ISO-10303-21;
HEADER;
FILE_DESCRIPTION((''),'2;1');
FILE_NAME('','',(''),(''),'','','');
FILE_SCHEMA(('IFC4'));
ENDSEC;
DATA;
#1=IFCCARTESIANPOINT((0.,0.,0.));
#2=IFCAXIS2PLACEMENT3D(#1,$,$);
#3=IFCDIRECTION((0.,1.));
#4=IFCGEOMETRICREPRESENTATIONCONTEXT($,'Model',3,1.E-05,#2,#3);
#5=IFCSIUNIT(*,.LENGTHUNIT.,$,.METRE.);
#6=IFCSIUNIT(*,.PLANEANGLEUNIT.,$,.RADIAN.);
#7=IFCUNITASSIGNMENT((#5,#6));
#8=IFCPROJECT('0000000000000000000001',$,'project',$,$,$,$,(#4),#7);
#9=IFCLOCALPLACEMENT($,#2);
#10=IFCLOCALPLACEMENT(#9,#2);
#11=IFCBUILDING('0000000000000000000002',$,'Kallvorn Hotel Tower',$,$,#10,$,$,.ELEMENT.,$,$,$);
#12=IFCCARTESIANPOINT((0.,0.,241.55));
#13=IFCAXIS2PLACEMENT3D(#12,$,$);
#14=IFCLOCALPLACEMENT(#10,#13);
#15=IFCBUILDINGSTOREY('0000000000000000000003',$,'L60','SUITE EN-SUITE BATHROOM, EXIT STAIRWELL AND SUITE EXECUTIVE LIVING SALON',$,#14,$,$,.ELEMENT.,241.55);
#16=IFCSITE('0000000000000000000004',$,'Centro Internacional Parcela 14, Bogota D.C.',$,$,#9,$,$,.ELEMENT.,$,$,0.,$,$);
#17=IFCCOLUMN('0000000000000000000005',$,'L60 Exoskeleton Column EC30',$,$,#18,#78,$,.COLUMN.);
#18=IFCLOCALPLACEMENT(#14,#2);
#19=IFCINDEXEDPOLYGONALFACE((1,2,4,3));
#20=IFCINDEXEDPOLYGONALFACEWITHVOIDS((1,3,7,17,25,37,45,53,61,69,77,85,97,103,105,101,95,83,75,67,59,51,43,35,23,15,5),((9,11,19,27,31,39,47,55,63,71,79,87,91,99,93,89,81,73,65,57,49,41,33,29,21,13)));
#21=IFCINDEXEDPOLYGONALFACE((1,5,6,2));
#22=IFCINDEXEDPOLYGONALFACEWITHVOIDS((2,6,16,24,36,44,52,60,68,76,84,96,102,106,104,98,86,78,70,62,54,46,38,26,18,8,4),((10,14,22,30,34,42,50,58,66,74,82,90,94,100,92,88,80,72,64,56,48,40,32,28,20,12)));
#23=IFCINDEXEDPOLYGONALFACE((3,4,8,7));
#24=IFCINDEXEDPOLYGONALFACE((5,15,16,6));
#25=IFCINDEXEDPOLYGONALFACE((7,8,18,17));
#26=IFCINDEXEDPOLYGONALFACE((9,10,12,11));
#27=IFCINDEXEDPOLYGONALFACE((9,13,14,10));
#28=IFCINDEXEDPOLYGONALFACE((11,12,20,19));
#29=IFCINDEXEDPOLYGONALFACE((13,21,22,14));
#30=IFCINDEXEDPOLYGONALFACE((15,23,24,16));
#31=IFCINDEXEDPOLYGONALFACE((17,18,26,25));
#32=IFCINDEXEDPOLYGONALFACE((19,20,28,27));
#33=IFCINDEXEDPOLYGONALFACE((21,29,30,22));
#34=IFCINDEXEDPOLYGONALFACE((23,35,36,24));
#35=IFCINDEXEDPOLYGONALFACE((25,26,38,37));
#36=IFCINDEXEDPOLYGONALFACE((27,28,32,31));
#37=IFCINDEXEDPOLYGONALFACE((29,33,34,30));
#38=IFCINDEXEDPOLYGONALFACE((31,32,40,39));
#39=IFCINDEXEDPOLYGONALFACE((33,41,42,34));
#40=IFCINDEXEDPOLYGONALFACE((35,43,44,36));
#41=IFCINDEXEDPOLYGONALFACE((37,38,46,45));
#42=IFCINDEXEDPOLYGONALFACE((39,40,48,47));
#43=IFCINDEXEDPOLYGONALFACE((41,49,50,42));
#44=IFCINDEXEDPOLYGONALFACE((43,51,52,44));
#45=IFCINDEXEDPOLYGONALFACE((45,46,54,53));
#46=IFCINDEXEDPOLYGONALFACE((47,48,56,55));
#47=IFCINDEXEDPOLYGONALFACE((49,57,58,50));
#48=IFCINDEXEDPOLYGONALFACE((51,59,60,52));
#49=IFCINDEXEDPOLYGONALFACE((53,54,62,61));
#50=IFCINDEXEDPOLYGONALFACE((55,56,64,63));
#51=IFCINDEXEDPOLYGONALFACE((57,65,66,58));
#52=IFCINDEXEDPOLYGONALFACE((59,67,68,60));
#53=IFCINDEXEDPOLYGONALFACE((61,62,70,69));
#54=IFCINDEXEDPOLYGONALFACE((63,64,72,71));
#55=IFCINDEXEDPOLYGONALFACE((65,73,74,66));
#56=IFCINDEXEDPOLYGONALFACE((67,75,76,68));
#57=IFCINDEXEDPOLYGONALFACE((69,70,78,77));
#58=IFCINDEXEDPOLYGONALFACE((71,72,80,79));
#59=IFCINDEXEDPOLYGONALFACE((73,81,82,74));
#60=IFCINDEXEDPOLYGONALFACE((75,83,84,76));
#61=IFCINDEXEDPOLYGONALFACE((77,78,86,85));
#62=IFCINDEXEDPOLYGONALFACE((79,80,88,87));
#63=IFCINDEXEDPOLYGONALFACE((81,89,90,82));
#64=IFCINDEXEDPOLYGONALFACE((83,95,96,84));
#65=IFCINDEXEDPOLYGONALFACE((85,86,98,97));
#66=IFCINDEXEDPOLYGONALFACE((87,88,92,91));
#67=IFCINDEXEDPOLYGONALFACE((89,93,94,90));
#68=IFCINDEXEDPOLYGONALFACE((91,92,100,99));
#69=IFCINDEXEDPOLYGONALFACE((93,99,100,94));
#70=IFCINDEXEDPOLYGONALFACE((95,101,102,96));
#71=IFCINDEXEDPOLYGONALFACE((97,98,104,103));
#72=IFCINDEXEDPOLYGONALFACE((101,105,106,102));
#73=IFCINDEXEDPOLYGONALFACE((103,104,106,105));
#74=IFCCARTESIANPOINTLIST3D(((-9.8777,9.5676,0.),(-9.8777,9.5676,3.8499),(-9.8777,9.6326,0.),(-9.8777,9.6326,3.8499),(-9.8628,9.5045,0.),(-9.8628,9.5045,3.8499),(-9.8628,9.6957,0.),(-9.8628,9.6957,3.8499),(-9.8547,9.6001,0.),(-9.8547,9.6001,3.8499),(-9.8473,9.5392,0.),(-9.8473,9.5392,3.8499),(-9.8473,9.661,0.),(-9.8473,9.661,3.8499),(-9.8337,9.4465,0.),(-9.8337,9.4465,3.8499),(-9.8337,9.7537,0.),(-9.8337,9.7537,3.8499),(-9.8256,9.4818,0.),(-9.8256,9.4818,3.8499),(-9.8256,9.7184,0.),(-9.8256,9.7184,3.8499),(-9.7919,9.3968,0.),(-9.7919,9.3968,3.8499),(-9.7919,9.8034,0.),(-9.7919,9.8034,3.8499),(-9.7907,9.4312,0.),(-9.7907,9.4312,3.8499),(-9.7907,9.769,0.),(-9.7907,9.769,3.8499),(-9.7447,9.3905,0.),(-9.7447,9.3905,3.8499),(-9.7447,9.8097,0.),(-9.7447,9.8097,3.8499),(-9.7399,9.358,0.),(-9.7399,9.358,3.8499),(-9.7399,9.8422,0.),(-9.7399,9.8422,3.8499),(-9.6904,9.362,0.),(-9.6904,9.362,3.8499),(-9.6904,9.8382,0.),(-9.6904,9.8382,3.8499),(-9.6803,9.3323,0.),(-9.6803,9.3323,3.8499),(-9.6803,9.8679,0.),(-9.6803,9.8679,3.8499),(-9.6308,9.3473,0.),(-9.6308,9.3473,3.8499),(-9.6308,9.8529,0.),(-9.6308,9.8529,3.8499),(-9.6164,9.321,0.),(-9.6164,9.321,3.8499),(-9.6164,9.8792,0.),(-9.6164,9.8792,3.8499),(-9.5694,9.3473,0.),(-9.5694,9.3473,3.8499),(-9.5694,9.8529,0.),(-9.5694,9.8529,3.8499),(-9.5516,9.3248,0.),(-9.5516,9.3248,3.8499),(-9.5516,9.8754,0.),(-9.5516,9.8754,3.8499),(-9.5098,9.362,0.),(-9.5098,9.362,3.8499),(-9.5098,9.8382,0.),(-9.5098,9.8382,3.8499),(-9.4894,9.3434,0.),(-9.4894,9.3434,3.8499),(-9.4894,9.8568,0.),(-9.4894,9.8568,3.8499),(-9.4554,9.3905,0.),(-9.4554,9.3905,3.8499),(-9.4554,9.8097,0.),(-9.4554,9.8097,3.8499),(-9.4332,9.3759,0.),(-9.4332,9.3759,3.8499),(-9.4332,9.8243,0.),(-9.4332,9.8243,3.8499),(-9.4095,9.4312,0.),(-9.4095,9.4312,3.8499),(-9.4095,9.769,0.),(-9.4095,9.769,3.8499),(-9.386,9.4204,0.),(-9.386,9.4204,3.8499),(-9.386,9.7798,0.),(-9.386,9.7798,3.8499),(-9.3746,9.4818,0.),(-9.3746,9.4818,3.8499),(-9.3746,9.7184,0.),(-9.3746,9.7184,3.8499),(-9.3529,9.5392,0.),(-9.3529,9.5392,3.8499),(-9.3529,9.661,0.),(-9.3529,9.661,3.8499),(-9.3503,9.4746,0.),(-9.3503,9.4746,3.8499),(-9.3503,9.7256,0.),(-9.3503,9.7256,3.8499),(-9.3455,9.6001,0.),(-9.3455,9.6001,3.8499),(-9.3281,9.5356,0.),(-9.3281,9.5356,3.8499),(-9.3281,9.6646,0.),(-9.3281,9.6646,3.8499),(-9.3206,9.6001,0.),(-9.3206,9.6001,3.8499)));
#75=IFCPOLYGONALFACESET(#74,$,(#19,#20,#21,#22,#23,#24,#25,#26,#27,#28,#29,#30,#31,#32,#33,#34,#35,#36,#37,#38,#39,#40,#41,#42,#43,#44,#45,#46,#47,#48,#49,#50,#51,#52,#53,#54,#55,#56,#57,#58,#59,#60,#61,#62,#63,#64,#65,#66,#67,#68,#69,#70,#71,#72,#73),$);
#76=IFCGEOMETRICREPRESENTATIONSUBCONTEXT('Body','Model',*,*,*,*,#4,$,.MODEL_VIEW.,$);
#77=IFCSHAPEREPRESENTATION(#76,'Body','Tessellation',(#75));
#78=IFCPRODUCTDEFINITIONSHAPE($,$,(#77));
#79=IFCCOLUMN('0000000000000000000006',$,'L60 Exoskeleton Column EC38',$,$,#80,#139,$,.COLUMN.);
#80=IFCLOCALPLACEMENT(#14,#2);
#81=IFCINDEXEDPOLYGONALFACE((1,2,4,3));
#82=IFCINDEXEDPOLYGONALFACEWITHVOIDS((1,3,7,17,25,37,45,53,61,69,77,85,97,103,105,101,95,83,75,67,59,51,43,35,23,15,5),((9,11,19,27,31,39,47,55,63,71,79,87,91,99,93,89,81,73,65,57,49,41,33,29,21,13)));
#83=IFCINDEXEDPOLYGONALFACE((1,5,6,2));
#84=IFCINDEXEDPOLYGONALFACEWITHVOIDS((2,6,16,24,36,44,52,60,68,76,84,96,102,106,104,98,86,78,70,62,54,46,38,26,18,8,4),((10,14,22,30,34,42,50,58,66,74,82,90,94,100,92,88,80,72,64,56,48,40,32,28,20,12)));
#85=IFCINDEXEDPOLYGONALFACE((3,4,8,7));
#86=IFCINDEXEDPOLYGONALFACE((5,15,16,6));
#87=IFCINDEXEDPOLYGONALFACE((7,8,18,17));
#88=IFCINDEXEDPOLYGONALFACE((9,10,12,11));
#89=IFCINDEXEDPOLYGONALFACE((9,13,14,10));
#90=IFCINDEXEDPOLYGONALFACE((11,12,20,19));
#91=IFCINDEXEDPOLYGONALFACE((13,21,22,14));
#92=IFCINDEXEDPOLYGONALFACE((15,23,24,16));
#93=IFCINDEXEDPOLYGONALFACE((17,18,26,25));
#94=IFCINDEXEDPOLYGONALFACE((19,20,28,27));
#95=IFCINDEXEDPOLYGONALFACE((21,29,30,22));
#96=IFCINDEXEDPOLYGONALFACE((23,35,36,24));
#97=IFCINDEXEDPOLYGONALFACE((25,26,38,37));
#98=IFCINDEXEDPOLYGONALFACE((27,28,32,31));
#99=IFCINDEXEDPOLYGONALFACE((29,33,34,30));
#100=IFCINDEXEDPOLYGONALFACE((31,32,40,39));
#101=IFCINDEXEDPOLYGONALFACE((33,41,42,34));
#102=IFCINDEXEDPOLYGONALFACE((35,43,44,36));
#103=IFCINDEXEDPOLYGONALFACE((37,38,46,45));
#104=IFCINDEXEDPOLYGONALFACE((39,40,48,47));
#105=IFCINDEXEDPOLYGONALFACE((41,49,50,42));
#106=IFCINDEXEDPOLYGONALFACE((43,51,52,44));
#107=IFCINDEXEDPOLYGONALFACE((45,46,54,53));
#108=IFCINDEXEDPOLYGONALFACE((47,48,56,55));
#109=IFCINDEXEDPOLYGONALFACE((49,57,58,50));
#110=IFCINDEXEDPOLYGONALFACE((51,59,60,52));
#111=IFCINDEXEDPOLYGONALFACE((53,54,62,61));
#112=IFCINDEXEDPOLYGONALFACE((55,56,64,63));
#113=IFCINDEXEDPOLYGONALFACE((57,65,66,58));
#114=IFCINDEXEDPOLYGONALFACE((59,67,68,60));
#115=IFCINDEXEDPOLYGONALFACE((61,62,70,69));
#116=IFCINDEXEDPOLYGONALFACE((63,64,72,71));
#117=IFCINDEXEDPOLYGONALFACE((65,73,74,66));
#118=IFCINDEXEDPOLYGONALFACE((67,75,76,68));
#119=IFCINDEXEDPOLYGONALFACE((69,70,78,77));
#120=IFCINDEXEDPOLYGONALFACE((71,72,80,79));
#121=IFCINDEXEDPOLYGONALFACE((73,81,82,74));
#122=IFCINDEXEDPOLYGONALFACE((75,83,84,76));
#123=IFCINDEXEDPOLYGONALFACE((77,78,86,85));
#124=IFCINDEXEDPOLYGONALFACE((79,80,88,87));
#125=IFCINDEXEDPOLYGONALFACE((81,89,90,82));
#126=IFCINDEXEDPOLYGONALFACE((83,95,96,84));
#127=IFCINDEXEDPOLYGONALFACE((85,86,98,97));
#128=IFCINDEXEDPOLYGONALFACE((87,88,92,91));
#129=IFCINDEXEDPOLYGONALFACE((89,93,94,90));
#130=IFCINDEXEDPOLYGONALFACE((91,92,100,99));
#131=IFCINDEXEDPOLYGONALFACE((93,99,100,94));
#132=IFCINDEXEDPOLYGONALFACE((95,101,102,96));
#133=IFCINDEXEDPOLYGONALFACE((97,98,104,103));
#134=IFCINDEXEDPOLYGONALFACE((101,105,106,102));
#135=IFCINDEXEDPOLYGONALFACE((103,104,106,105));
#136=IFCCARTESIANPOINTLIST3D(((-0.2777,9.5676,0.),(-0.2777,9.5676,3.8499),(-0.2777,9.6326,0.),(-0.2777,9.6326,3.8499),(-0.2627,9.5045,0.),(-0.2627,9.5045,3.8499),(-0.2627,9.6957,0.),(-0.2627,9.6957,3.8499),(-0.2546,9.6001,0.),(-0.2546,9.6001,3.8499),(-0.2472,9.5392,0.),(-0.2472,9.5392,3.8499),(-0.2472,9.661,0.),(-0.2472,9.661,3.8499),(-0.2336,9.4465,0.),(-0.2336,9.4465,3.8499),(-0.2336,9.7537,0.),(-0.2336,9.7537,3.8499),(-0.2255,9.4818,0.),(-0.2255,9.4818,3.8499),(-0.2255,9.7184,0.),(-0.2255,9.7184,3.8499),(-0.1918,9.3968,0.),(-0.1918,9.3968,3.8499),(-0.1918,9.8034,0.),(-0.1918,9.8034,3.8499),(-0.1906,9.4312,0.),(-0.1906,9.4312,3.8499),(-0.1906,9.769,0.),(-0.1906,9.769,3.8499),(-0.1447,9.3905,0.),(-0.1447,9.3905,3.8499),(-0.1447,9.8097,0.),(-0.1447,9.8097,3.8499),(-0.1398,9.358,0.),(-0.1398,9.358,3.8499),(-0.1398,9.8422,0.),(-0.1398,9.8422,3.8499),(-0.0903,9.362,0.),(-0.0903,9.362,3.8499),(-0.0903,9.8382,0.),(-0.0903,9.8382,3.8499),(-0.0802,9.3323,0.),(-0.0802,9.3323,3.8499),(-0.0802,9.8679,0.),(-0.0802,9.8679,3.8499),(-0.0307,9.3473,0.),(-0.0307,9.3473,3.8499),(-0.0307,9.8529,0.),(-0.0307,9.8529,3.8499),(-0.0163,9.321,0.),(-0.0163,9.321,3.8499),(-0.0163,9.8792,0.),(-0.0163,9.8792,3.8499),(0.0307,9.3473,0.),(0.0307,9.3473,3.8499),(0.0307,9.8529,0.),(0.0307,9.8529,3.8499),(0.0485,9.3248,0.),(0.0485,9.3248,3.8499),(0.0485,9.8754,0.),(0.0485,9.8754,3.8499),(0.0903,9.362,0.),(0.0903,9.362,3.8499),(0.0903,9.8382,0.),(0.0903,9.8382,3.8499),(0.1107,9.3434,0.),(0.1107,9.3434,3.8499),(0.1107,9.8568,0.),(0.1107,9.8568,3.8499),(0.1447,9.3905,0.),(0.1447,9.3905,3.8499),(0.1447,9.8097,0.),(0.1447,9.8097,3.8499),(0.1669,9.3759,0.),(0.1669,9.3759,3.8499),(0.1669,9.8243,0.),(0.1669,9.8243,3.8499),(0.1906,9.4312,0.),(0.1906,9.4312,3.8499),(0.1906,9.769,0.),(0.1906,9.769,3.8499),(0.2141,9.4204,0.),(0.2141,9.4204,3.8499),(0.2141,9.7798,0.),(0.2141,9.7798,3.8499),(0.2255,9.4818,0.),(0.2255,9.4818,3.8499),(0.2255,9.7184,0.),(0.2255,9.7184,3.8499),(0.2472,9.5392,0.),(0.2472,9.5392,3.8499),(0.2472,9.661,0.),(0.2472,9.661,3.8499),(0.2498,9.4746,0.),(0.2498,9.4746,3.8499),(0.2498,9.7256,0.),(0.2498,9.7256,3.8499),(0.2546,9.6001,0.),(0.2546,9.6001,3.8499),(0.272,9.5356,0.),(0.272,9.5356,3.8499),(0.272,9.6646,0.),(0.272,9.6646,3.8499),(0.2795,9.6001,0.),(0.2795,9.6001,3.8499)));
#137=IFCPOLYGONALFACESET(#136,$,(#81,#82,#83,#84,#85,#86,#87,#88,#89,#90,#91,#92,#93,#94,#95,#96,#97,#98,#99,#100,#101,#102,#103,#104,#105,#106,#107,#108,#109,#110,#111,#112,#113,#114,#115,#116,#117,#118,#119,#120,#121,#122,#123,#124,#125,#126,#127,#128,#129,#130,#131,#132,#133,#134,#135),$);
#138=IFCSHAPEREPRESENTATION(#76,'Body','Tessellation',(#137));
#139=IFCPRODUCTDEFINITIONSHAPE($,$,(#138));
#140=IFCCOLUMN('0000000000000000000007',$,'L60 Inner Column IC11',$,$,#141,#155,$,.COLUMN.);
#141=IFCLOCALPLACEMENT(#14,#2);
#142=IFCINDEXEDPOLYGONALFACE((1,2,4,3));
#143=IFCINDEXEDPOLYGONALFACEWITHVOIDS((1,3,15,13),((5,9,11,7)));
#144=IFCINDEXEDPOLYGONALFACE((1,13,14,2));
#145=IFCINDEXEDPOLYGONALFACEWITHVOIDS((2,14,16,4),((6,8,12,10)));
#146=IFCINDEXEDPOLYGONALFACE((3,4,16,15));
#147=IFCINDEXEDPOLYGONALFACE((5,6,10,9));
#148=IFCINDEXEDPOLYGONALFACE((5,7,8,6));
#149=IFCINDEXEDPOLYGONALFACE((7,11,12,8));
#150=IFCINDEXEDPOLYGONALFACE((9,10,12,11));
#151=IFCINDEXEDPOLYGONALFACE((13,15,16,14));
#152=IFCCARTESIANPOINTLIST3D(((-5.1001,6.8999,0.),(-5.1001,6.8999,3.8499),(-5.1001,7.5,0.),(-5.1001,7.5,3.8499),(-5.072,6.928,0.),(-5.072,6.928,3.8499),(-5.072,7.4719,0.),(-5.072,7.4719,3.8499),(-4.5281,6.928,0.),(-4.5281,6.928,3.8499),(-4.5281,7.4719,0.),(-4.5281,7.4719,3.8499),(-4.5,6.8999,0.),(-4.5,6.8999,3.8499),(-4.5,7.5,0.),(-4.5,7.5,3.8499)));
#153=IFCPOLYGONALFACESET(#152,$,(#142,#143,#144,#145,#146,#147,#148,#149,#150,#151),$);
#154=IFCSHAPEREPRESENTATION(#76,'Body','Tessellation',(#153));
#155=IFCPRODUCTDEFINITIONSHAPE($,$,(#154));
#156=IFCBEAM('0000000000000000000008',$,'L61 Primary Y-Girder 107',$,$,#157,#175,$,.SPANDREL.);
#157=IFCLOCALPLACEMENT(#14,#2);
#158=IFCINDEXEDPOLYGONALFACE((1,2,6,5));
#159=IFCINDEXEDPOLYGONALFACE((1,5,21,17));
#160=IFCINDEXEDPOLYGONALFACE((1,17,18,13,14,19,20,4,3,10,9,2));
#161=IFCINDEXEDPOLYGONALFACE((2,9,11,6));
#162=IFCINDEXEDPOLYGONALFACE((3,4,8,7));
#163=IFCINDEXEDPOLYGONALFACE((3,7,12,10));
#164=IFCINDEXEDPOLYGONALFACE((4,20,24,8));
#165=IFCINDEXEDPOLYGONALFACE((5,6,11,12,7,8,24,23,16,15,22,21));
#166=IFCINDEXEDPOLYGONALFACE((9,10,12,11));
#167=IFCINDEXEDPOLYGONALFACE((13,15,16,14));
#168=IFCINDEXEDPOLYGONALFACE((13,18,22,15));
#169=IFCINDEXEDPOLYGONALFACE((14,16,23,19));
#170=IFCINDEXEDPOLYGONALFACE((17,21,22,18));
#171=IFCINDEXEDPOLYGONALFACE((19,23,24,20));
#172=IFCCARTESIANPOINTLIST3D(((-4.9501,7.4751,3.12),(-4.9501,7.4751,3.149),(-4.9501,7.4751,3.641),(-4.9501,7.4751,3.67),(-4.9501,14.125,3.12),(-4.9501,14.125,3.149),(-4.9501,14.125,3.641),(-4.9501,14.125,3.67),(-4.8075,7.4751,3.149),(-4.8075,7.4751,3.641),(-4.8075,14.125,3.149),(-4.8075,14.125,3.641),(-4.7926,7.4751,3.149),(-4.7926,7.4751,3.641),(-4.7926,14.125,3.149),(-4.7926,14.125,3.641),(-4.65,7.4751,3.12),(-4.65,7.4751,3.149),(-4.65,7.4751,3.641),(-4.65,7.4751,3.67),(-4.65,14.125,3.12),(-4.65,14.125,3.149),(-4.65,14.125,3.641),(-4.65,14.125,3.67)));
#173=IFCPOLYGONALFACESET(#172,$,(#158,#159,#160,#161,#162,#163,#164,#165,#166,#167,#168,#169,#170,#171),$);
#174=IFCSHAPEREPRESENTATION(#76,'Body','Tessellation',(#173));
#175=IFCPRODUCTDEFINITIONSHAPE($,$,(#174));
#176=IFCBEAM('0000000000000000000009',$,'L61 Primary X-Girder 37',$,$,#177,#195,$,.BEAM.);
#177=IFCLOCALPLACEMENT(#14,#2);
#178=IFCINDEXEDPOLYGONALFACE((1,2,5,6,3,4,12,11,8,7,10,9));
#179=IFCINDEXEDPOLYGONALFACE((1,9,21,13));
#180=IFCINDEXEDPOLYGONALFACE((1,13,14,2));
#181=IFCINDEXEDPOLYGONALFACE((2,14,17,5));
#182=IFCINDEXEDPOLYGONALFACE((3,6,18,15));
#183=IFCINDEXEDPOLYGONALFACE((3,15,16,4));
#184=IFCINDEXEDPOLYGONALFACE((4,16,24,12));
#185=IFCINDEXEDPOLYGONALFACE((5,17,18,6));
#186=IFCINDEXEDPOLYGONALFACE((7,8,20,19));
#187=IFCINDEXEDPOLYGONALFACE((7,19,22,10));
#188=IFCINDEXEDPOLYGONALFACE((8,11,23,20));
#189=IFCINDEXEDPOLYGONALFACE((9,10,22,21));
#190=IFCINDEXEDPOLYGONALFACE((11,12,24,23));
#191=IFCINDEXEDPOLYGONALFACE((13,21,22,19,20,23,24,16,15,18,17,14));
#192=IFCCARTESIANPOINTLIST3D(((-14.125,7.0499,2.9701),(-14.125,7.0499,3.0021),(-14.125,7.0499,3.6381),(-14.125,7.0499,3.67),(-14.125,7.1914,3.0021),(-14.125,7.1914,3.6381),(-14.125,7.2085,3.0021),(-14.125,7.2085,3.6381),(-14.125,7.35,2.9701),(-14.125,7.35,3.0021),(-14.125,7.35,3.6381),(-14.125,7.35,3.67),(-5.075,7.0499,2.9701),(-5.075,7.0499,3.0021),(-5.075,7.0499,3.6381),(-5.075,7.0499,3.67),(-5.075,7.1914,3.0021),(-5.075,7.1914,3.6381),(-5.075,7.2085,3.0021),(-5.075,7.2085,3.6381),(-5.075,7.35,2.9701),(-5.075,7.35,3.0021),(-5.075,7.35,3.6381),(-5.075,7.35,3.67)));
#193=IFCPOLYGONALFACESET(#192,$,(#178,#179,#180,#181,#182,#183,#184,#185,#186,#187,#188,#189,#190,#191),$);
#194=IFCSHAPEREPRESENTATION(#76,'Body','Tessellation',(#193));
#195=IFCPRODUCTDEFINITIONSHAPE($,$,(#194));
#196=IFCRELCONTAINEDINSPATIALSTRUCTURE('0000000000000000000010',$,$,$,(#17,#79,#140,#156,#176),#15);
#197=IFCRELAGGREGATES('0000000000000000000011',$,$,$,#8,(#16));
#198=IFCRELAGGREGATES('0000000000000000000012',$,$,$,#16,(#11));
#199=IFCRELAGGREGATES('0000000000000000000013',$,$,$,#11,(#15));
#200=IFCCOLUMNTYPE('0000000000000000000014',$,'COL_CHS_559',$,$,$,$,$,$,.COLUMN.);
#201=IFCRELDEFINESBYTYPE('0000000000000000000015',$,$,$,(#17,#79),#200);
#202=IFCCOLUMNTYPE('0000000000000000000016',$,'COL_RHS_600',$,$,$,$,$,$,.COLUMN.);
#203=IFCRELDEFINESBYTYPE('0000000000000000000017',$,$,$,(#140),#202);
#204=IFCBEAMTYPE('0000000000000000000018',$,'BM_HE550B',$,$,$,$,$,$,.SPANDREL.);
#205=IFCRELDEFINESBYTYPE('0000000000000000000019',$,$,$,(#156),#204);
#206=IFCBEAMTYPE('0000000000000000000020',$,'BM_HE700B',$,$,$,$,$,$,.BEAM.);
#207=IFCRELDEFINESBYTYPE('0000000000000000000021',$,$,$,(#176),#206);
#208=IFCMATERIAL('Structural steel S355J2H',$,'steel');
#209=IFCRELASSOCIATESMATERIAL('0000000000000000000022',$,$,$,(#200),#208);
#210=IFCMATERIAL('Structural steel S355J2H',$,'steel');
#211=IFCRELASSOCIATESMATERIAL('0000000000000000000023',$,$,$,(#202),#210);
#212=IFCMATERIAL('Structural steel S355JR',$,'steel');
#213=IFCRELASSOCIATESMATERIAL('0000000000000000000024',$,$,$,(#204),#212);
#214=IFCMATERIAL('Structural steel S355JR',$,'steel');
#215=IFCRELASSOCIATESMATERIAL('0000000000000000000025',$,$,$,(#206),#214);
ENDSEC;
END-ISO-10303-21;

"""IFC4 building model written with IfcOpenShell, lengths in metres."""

from ifc_helpers import new_model, si_unit, direction, frame, origin, origin_2d, place, context, subcontext, project, spatial, hollow_rectangle, hollow_circle, i_section, extrude, material, material_profile, profile_set, type_object, element, save


model = new_model("IFC4")

# Units and contexts
model_context = context("Model", 3, precision=1e-05, world=origin(), true_north=direction((0.0, 1.0)))
body_context = subcontext(model_context, "Body", "Model", "MODEL_VIEW")
ifc_project = project(units=[si_unit("LENGTHUNIT", "METRE"), si_unit("PLANEANGLEUNIT", "RADIAN")], contexts=[model_context])

# Site, building, storey
site_placement = place(None, origin())
site = spatial("IfcSite", under=ifc_project, at=site_placement, Name="Centro Internacional Parcela 14, Bogota D.C.", CompositionType="ELEMENT", RefElevation=0.0)
building_placement = place(site_placement, origin())
building = spatial("IfcBuilding", under=site, at=building_placement, Name="Kallvorn Hotel Tower", CompositionType="ELEMENT")
storey_placement = place(building_placement, frame((0.0, 0.0, 241.55)))
storey = spatial("IfcBuildingStorey", under=building, at=storey_placement, Name="L60", Description="SUITE EN-SUITE BATHROOM, EXIT STAIRWELL AND SUITE EXECUTIVE LIVING SALON", CompositionType="ELEMENT", Elevation=241.55)

# Columns
ifc_material_1 = material(Name="Structural steel S355J2H", Category="steel")
ifc_material_profile_1 = material_profile(ifc_material_1, hollow_circle(Radius=0.2795, WallThickness=0.0249, at=origin_2d()), Name="CHS 559x25")
ifc_profile_set_1 = profile_set([ifc_material_profile_1], Name="Structural steel S355J2H")
column_type_1 = type_object("IfcColumnType", Name="COL_CHS_559", PredefinedType="COLUMN", material=ifc_profile_set_1)
for number, where, z_axis, x_axis, name in (
    (1, (-9.6001, 9.6001, 0.0), (0.0, 0.0, 1.0), (1.0, 0.0, 0.0), "L60 Exoskeleton Column EC30"),
    (2, (0.0, 9.6001, 0.0), (0.0, 0.0, 1.0), (1.0, 0.0, 0.0), "L60 Exoskeleton Column EC38"),
):
    element("IfcColumn", number, at=place(storey_placement, frame(where, z_axis=z_axis, x_axis=x_axis)), inside=storey, type_object=column_type_1, Name=name, PredefinedType="COLUMN", context=body_context, shape_type="SweptSolid", body=[
        extrude(hollow_circle(Radius=0.2795, WallThickness=0.0249, at=origin_2d()), origin(), (0.0, 0.0, 1.0), 3.8499),
    ])
ifc_material_2 = material(Name="Structural steel S355J2H", Category="steel")
ifc_material_profile_2 = material_profile(ifc_material_2, hollow_rectangle(XDim=0.6001, YDim=0.6001, WallThickness=0.0281, at=origin_2d()), Name="RHS 600x600x28")
ifc_profile_set_2 = profile_set([ifc_material_profile_2], Name="Structural steel S355J2H")
column_type_2 = type_object("IfcColumnType", Name="COL_RHS_600", PredefinedType="COLUMN", material=ifc_profile_set_2)
column_placement = place(storey_placement, frame((-4.8, 7.2, 0.0), z_axis=(0.0, 0.0, 1.0), x_axis=(1.0, 0.0, 0.0)))
element("IfcColumn", 3, at=column_placement, inside=storey, type_object=column_type_2, Name="L60 Inner Column IC11", PredefinedType="COLUMN", context=body_context, shape_type="SweptSolid", body=[
    extrude(hollow_rectangle(XDim=0.6001, YDim=0.6001, WallThickness=0.0281, at=origin_2d()), origin(), (0.0, 0.0, 1.0), 3.8499),
])

# Beams
ifc_material_3 = material(Name="Structural steel S355JR", Category="steel")
ifc_material_profile_3 = material_profile(ifc_material_3, i_section(OverallWidth=0.3, OverallDepth=0.55, WebThickness=0.0149, FlangeThickness=0.0291, at=origin_2d()), Name="HE 550 B")
ifc_profile_set_3 = profile_set([ifc_material_profile_3], Name="Structural steel S355JR")
beam_type_1 = type_object("IfcBeamType", Name="BM_HE550B", PredefinedType="SPANDREL", material=ifc_profile_set_3)
beam_1_placement = place(storey_placement, frame((-4.8, 7.4751, 3.395), z_axis=(0.0, 1.0, 0.0), x_axis=(-1.0, 0.0, 0.0)))
element("IfcBeam", 4, at=beam_1_placement, inside=storey, type_object=beam_type_1, Name="L61 Primary Y-Girder 107", PredefinedType="SPANDREL", context=body_context, shape_type="SweptSolid", body=[
    extrude(i_section(OverallWidth=0.3, OverallDepth=0.55, WebThickness=0.0149, FlangeThickness=0.0291, at=origin_2d()), origin(), (0.0, 0.0, 1.0), 6.6499),
])
ifc_material_4 = material(Name="Structural steel S355JR", Category="steel")
ifc_material_profile_4 = material_profile(ifc_material_4, i_section(OverallWidth=0.3, OverallDepth=0.7, WebThickness=0.0171, FlangeThickness=0.032, at=origin_2d()), Name="HE 700 B")
ifc_profile_set_4 = profile_set([ifc_material_profile_4], Name="Structural steel S355JR")
beam_type_2 = type_object("IfcBeamType", Name="BM_HE700B", PredefinedType="BEAM", material=ifc_profile_set_4)
beam_2_placement = place(storey_placement, frame((-14.125, 7.2, 3.3201), z_axis=(1.0, 0.0, 0.0), x_axis=(0.0, 1.0, 0.0)))
element("IfcBeam", 5, at=beam_2_placement, inside=storey, type_object=beam_type_2, Name="L61 Primary X-Girder 37", PredefinedType="BEAM", context=body_context, shape_type="SweptSolid", body=[
    extrude(i_section(OverallWidth=0.3, OverallDepth=0.7, WebThickness=0.0171, FlangeThickness=0.032, at=origin_2d()), origin(), (0.0, 0.0, 1.0), 9.05),
])

save(model, "model.ifc")
